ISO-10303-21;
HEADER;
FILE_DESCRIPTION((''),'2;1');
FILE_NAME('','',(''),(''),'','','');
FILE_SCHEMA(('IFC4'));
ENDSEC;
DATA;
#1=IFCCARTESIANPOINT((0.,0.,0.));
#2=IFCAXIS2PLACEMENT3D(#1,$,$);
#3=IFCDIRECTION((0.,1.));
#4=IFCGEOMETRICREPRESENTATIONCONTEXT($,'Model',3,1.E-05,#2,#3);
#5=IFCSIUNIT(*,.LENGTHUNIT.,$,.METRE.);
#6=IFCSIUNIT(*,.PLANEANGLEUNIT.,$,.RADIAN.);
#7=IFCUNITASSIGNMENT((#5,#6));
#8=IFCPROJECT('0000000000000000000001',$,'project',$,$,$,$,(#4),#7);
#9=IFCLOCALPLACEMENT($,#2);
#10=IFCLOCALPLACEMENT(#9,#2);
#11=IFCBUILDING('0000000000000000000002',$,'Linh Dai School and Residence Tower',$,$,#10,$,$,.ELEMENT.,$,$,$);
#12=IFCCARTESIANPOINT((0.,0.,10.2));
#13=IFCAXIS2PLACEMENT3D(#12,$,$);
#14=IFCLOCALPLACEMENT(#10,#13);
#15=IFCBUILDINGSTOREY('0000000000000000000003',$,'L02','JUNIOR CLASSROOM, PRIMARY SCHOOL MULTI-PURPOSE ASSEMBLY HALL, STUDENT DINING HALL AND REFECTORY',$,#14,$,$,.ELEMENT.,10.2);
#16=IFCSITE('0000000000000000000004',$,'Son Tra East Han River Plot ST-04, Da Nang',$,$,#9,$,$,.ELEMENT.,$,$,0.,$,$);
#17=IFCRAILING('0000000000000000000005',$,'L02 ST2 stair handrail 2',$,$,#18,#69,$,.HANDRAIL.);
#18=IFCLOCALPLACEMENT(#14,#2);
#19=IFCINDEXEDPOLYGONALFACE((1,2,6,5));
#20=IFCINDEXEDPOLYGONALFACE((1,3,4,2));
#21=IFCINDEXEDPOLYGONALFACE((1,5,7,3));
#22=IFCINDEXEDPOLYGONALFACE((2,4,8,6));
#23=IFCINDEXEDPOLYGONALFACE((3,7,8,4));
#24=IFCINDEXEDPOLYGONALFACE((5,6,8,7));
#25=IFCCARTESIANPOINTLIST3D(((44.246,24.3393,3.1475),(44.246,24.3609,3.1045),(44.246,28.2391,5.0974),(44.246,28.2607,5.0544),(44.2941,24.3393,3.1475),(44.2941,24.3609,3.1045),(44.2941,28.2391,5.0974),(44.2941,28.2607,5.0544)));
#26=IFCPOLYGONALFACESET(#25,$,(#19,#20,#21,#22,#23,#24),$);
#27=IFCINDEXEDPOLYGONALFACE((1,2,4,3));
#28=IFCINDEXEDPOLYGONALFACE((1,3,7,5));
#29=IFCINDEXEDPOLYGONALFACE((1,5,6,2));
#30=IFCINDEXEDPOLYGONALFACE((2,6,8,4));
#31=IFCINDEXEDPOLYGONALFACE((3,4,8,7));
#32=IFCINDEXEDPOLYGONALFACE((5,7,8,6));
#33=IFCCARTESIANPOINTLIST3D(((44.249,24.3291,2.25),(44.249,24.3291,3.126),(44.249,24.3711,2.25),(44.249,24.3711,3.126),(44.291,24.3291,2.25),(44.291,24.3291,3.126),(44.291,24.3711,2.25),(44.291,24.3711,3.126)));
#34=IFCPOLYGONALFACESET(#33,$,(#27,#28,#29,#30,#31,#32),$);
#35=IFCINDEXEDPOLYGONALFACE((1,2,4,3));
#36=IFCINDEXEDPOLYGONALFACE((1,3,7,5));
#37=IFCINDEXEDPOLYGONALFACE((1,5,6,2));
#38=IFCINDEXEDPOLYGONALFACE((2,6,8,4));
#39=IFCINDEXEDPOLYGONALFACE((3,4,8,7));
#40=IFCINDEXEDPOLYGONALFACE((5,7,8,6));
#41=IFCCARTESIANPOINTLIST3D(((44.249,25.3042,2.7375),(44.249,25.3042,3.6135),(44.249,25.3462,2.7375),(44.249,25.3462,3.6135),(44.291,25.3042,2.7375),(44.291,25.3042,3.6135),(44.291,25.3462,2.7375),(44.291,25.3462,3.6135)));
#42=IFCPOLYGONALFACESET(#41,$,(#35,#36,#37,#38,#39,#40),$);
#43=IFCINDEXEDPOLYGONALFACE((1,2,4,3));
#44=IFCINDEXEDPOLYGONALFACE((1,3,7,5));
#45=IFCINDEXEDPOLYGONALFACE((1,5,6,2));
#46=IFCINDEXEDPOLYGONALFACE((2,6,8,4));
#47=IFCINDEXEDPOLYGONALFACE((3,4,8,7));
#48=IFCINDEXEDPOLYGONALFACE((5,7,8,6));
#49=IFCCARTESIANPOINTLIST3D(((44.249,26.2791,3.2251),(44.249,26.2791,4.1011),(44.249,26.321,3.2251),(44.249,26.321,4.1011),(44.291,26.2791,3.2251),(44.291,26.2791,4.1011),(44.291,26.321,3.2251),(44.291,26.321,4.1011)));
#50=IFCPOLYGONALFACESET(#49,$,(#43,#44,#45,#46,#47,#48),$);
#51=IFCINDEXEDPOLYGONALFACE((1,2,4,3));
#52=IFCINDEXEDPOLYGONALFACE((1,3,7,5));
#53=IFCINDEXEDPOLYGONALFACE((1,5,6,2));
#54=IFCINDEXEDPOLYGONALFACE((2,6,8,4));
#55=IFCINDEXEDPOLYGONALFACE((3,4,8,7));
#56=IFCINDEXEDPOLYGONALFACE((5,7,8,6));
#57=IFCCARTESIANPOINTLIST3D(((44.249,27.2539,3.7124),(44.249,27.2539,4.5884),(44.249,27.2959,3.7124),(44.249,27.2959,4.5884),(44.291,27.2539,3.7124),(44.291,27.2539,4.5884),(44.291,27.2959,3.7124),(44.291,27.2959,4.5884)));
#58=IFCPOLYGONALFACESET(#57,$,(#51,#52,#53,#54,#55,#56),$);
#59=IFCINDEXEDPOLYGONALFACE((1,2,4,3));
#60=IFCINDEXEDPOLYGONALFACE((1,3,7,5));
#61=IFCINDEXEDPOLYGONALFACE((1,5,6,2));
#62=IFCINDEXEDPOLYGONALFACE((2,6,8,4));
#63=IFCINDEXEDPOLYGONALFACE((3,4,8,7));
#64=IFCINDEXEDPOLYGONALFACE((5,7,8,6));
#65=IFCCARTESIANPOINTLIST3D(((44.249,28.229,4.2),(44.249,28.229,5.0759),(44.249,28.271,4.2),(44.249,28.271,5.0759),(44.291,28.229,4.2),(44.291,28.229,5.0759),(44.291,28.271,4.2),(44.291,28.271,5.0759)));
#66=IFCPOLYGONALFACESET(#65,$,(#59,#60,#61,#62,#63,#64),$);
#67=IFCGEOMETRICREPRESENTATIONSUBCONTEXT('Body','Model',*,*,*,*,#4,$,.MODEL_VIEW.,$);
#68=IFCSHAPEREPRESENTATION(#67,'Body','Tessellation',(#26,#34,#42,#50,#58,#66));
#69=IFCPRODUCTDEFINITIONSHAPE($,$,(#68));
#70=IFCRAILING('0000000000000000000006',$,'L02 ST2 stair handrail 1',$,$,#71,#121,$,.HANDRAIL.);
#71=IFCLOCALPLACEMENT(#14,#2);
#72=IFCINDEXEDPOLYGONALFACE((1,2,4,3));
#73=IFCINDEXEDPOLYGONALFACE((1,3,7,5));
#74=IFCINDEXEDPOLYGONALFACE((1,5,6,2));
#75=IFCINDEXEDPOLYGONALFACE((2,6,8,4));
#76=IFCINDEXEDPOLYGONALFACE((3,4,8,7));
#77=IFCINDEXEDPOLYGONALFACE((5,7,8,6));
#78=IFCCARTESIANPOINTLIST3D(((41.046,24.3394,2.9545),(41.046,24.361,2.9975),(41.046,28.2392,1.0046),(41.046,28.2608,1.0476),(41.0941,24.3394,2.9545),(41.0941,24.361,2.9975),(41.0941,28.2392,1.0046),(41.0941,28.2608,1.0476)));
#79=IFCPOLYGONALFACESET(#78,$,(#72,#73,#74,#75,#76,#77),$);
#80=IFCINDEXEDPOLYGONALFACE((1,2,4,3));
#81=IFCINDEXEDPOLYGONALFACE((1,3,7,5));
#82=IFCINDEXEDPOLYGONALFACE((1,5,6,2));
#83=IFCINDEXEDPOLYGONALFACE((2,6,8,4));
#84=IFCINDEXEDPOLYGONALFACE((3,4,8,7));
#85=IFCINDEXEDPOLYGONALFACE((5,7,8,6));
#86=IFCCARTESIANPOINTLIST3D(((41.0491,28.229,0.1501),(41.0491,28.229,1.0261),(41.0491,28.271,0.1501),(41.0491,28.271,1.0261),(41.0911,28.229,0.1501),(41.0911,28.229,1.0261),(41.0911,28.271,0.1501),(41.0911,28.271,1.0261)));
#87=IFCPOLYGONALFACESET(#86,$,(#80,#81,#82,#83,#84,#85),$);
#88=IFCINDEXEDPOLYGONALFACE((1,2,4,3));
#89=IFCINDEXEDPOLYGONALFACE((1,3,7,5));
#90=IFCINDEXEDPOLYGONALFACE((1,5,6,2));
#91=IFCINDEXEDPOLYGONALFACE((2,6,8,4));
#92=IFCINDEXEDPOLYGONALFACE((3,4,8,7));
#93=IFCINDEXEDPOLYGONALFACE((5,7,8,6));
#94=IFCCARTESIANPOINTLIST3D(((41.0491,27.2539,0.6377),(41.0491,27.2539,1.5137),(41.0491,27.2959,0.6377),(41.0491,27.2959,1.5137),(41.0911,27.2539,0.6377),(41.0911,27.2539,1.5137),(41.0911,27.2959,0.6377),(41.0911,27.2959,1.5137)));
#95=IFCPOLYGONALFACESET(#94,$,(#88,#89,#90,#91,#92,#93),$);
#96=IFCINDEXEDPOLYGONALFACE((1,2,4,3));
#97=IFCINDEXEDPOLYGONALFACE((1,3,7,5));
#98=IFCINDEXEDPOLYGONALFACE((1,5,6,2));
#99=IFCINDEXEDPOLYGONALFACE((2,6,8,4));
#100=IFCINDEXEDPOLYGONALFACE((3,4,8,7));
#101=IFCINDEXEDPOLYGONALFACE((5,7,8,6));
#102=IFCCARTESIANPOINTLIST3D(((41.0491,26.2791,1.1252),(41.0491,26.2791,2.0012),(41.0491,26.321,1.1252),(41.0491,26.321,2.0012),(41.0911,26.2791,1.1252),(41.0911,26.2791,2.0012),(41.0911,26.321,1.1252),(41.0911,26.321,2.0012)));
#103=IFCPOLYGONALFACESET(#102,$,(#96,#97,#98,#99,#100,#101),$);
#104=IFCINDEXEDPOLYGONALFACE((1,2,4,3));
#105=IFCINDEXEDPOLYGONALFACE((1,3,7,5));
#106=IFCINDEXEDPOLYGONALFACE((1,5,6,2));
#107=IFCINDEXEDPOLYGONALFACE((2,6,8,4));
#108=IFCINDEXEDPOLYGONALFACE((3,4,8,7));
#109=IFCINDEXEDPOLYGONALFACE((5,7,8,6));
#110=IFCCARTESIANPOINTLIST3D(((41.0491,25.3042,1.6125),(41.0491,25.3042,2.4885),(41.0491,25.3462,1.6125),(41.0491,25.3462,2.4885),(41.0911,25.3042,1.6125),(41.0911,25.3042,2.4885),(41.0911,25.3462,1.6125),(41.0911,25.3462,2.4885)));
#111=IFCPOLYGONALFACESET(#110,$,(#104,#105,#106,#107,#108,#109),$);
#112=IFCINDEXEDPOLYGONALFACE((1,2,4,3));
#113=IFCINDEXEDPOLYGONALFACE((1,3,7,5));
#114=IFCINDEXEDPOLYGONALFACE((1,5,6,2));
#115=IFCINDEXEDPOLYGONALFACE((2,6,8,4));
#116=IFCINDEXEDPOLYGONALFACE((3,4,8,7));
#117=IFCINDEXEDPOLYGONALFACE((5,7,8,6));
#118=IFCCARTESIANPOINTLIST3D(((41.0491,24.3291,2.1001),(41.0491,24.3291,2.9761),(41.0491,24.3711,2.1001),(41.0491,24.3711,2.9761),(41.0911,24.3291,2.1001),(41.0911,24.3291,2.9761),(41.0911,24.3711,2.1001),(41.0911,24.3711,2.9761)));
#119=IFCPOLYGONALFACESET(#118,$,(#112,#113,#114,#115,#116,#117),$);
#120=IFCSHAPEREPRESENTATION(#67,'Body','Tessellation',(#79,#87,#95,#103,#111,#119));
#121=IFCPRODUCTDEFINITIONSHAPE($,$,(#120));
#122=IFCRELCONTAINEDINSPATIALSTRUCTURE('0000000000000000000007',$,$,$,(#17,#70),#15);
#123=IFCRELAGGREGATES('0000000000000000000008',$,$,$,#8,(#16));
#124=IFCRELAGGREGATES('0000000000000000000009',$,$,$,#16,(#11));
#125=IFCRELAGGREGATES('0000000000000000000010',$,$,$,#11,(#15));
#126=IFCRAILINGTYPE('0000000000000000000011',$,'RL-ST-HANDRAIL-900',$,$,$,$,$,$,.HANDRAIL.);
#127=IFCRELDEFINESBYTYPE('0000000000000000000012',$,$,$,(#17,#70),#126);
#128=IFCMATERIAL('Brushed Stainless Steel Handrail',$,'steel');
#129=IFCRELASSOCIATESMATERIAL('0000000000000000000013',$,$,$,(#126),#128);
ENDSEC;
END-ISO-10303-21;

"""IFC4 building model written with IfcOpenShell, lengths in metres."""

from ifc_helpers import new_model, si_unit, direction, frame, origin, origin_2d, place, context, subcontext, project, spatial, rectangle, extrude, source, transform, mapped, material, type_object, element, save


model = new_model("IFC4")

# Units and contexts
model_context = context("Model", 3, precision=1e-05, world=origin(), true_north=direction((0.0, 1.0)))
body_context = subcontext(model_context, "Body", "Model", "MODEL_VIEW")
ifc_project = project(units=[si_unit("LENGTHUNIT", "METRE"), si_unit("PLANEANGLEUNIT", "RADIAN")], contexts=[model_context])

# Site, building, storey
site_placement = place(None, origin())
site = spatial("IfcSite", under=ifc_project, at=site_placement, Name="Son Tra East Han River Plot ST-04, Da Nang", CompositionType="ELEMENT", RefElevation=0.0)
building_placement = place(site_placement, origin())
building = spatial("IfcBuilding", under=site, at=building_placement, Name="Linh Dai School and Residence Tower", CompositionType="ELEMENT")
storey_placement = place(building_placement, frame((0.0, 0.0, 10.2)))
storey = spatial("IfcBuildingStorey", under=building, at=storey_placement, Name="L02", Description="JUNIOR CLASSROOM, PRIMARY SCHOOL MULTI-PURPOSE ASSEMBLY HALL, STUDENT DINING HALL AND REFECTORY", CompositionType="ELEMENT", Elevation=10.2)

# Railings
ifc_material_1 = material(Name="Brushed Stainless Steel Handrail", Category="steel")
railing_type_1 = type_object("IfcRailingType", Name="RL-ST-HANDRAIL-900", PredefinedType="HANDRAIL", material=ifc_material_1)
shared_shape_1 = source(origin(), body_context, "Body", "SweptSolid", [
    extrude(rectangle(XDim=0.0481, YDim=0.0481, at=origin_2d()), frame((0.0, 0.0, 0.876), z_axis=(0.0, 0.894427, 0.447214), x_axis=(-1.0, 0.0, 0.0)), (0.0, 0.0, 1.0), 4.3601),
    extrude(rectangle(XDim=0.042, YDim=0.042, at=origin_2d()), origin(), (0.0, 0.0, 1.0), 0.876),
    extrude(rectangle(XDim=0.042, YDim=0.042, at=origin_2d()), frame((0.0, 0.9751, 0.4875)), (0.0, 0.0, 1.0), 0.876),
    extrude(rectangle(XDim=0.042, YDim=0.042, at=origin_2d()), frame((0.0, 1.95, 0.9751)), (0.0, 0.0, 1.0), 0.876),
    extrude(rectangle(XDim=0.042, YDim=0.042, at=origin_2d()), frame((0.0, 2.9248, 1.4624)), (0.0, 0.0, 1.0), 0.876),
    extrude(rectangle(XDim=0.042, YDim=0.042, at=origin_2d()), frame((0.0, 3.8999, 1.95)), (0.0, 0.0, 1.0), 0.876),
])
railing_1_placement = place(storey_placement, frame((44.27, 24.3501, 2.25)))
element("IfcRailing", 1, at=railing_1_placement, inside=storey, type_object=railing_type_1, Name="L02 ST2 stair handrail 2", PredefinedType="HANDRAIL", context=body_context, shape_type="MappedRepresentation", body=[
    mapped(shared_shape_1, transform((0.0, 0.0, 0.0), x_axis=(1.0, 0.0, 0.0), y_axis=(0.0, 1.0, 0.0), z_axis=(0.0, 0.0, 1.0), scale=1.0)),
])
shared_shape_2 = source(origin(), body_context, "Body", "SweptSolid", [
    extrude(rectangle(XDim=0.0481, YDim=0.0481, at=origin_2d()), frame((0.0, 0.0, 0.876), z_axis=(0.0, -0.894427, 0.447214), x_axis=(1.0, 0.0, 0.0)), (0.0, 0.0, 1.0), 4.3601),
    extrude(rectangle(XDim=0.042, YDim=0.042, at=origin_2d()), origin(), (0.0, 0.0, 1.0), 0.876),
    extrude(rectangle(XDim=0.042, YDim=0.042, at=origin_2d()), frame((0.0, -0.9751, 0.4875)), (0.0, 0.0, 1.0), 0.876),
    extrude(rectangle(XDim=0.042, YDim=0.042, at=origin_2d()), frame((0.0, -1.95, 0.9751)), (0.0, 0.0, 1.0), 0.876),
    extrude(rectangle(XDim=0.042, YDim=0.042, at=origin_2d()), frame((0.0, -2.9248, 1.4624)), (0.0, 0.0, 1.0), 0.876),
    extrude(rectangle(XDim=0.042, YDim=0.042, at=origin_2d()), frame((0.0, -3.8999, 1.95)), (0.0, 0.0, 1.0), 0.876),
])
railing_2_placement = place(storey_placement, frame((41.0701, 28.25, 0.1501)))
element("IfcRailing", 2, at=railing_2_placement, inside=storey, type_object=railing_type_1, Name="L02 ST2 stair handrail 1", PredefinedType="HANDRAIL", context=body_context, shape_type="MappedRepresentation", body=[
    mapped(shared_shape_2, transform((0.0, 0.0, 0.0), x_axis=(1.0, 0.0, 0.0), y_axis=(0.0, 1.0, 0.0), z_axis=(0.0, 0.0, 1.0), scale=1.0)),
])

save(model, "model.ifc")
